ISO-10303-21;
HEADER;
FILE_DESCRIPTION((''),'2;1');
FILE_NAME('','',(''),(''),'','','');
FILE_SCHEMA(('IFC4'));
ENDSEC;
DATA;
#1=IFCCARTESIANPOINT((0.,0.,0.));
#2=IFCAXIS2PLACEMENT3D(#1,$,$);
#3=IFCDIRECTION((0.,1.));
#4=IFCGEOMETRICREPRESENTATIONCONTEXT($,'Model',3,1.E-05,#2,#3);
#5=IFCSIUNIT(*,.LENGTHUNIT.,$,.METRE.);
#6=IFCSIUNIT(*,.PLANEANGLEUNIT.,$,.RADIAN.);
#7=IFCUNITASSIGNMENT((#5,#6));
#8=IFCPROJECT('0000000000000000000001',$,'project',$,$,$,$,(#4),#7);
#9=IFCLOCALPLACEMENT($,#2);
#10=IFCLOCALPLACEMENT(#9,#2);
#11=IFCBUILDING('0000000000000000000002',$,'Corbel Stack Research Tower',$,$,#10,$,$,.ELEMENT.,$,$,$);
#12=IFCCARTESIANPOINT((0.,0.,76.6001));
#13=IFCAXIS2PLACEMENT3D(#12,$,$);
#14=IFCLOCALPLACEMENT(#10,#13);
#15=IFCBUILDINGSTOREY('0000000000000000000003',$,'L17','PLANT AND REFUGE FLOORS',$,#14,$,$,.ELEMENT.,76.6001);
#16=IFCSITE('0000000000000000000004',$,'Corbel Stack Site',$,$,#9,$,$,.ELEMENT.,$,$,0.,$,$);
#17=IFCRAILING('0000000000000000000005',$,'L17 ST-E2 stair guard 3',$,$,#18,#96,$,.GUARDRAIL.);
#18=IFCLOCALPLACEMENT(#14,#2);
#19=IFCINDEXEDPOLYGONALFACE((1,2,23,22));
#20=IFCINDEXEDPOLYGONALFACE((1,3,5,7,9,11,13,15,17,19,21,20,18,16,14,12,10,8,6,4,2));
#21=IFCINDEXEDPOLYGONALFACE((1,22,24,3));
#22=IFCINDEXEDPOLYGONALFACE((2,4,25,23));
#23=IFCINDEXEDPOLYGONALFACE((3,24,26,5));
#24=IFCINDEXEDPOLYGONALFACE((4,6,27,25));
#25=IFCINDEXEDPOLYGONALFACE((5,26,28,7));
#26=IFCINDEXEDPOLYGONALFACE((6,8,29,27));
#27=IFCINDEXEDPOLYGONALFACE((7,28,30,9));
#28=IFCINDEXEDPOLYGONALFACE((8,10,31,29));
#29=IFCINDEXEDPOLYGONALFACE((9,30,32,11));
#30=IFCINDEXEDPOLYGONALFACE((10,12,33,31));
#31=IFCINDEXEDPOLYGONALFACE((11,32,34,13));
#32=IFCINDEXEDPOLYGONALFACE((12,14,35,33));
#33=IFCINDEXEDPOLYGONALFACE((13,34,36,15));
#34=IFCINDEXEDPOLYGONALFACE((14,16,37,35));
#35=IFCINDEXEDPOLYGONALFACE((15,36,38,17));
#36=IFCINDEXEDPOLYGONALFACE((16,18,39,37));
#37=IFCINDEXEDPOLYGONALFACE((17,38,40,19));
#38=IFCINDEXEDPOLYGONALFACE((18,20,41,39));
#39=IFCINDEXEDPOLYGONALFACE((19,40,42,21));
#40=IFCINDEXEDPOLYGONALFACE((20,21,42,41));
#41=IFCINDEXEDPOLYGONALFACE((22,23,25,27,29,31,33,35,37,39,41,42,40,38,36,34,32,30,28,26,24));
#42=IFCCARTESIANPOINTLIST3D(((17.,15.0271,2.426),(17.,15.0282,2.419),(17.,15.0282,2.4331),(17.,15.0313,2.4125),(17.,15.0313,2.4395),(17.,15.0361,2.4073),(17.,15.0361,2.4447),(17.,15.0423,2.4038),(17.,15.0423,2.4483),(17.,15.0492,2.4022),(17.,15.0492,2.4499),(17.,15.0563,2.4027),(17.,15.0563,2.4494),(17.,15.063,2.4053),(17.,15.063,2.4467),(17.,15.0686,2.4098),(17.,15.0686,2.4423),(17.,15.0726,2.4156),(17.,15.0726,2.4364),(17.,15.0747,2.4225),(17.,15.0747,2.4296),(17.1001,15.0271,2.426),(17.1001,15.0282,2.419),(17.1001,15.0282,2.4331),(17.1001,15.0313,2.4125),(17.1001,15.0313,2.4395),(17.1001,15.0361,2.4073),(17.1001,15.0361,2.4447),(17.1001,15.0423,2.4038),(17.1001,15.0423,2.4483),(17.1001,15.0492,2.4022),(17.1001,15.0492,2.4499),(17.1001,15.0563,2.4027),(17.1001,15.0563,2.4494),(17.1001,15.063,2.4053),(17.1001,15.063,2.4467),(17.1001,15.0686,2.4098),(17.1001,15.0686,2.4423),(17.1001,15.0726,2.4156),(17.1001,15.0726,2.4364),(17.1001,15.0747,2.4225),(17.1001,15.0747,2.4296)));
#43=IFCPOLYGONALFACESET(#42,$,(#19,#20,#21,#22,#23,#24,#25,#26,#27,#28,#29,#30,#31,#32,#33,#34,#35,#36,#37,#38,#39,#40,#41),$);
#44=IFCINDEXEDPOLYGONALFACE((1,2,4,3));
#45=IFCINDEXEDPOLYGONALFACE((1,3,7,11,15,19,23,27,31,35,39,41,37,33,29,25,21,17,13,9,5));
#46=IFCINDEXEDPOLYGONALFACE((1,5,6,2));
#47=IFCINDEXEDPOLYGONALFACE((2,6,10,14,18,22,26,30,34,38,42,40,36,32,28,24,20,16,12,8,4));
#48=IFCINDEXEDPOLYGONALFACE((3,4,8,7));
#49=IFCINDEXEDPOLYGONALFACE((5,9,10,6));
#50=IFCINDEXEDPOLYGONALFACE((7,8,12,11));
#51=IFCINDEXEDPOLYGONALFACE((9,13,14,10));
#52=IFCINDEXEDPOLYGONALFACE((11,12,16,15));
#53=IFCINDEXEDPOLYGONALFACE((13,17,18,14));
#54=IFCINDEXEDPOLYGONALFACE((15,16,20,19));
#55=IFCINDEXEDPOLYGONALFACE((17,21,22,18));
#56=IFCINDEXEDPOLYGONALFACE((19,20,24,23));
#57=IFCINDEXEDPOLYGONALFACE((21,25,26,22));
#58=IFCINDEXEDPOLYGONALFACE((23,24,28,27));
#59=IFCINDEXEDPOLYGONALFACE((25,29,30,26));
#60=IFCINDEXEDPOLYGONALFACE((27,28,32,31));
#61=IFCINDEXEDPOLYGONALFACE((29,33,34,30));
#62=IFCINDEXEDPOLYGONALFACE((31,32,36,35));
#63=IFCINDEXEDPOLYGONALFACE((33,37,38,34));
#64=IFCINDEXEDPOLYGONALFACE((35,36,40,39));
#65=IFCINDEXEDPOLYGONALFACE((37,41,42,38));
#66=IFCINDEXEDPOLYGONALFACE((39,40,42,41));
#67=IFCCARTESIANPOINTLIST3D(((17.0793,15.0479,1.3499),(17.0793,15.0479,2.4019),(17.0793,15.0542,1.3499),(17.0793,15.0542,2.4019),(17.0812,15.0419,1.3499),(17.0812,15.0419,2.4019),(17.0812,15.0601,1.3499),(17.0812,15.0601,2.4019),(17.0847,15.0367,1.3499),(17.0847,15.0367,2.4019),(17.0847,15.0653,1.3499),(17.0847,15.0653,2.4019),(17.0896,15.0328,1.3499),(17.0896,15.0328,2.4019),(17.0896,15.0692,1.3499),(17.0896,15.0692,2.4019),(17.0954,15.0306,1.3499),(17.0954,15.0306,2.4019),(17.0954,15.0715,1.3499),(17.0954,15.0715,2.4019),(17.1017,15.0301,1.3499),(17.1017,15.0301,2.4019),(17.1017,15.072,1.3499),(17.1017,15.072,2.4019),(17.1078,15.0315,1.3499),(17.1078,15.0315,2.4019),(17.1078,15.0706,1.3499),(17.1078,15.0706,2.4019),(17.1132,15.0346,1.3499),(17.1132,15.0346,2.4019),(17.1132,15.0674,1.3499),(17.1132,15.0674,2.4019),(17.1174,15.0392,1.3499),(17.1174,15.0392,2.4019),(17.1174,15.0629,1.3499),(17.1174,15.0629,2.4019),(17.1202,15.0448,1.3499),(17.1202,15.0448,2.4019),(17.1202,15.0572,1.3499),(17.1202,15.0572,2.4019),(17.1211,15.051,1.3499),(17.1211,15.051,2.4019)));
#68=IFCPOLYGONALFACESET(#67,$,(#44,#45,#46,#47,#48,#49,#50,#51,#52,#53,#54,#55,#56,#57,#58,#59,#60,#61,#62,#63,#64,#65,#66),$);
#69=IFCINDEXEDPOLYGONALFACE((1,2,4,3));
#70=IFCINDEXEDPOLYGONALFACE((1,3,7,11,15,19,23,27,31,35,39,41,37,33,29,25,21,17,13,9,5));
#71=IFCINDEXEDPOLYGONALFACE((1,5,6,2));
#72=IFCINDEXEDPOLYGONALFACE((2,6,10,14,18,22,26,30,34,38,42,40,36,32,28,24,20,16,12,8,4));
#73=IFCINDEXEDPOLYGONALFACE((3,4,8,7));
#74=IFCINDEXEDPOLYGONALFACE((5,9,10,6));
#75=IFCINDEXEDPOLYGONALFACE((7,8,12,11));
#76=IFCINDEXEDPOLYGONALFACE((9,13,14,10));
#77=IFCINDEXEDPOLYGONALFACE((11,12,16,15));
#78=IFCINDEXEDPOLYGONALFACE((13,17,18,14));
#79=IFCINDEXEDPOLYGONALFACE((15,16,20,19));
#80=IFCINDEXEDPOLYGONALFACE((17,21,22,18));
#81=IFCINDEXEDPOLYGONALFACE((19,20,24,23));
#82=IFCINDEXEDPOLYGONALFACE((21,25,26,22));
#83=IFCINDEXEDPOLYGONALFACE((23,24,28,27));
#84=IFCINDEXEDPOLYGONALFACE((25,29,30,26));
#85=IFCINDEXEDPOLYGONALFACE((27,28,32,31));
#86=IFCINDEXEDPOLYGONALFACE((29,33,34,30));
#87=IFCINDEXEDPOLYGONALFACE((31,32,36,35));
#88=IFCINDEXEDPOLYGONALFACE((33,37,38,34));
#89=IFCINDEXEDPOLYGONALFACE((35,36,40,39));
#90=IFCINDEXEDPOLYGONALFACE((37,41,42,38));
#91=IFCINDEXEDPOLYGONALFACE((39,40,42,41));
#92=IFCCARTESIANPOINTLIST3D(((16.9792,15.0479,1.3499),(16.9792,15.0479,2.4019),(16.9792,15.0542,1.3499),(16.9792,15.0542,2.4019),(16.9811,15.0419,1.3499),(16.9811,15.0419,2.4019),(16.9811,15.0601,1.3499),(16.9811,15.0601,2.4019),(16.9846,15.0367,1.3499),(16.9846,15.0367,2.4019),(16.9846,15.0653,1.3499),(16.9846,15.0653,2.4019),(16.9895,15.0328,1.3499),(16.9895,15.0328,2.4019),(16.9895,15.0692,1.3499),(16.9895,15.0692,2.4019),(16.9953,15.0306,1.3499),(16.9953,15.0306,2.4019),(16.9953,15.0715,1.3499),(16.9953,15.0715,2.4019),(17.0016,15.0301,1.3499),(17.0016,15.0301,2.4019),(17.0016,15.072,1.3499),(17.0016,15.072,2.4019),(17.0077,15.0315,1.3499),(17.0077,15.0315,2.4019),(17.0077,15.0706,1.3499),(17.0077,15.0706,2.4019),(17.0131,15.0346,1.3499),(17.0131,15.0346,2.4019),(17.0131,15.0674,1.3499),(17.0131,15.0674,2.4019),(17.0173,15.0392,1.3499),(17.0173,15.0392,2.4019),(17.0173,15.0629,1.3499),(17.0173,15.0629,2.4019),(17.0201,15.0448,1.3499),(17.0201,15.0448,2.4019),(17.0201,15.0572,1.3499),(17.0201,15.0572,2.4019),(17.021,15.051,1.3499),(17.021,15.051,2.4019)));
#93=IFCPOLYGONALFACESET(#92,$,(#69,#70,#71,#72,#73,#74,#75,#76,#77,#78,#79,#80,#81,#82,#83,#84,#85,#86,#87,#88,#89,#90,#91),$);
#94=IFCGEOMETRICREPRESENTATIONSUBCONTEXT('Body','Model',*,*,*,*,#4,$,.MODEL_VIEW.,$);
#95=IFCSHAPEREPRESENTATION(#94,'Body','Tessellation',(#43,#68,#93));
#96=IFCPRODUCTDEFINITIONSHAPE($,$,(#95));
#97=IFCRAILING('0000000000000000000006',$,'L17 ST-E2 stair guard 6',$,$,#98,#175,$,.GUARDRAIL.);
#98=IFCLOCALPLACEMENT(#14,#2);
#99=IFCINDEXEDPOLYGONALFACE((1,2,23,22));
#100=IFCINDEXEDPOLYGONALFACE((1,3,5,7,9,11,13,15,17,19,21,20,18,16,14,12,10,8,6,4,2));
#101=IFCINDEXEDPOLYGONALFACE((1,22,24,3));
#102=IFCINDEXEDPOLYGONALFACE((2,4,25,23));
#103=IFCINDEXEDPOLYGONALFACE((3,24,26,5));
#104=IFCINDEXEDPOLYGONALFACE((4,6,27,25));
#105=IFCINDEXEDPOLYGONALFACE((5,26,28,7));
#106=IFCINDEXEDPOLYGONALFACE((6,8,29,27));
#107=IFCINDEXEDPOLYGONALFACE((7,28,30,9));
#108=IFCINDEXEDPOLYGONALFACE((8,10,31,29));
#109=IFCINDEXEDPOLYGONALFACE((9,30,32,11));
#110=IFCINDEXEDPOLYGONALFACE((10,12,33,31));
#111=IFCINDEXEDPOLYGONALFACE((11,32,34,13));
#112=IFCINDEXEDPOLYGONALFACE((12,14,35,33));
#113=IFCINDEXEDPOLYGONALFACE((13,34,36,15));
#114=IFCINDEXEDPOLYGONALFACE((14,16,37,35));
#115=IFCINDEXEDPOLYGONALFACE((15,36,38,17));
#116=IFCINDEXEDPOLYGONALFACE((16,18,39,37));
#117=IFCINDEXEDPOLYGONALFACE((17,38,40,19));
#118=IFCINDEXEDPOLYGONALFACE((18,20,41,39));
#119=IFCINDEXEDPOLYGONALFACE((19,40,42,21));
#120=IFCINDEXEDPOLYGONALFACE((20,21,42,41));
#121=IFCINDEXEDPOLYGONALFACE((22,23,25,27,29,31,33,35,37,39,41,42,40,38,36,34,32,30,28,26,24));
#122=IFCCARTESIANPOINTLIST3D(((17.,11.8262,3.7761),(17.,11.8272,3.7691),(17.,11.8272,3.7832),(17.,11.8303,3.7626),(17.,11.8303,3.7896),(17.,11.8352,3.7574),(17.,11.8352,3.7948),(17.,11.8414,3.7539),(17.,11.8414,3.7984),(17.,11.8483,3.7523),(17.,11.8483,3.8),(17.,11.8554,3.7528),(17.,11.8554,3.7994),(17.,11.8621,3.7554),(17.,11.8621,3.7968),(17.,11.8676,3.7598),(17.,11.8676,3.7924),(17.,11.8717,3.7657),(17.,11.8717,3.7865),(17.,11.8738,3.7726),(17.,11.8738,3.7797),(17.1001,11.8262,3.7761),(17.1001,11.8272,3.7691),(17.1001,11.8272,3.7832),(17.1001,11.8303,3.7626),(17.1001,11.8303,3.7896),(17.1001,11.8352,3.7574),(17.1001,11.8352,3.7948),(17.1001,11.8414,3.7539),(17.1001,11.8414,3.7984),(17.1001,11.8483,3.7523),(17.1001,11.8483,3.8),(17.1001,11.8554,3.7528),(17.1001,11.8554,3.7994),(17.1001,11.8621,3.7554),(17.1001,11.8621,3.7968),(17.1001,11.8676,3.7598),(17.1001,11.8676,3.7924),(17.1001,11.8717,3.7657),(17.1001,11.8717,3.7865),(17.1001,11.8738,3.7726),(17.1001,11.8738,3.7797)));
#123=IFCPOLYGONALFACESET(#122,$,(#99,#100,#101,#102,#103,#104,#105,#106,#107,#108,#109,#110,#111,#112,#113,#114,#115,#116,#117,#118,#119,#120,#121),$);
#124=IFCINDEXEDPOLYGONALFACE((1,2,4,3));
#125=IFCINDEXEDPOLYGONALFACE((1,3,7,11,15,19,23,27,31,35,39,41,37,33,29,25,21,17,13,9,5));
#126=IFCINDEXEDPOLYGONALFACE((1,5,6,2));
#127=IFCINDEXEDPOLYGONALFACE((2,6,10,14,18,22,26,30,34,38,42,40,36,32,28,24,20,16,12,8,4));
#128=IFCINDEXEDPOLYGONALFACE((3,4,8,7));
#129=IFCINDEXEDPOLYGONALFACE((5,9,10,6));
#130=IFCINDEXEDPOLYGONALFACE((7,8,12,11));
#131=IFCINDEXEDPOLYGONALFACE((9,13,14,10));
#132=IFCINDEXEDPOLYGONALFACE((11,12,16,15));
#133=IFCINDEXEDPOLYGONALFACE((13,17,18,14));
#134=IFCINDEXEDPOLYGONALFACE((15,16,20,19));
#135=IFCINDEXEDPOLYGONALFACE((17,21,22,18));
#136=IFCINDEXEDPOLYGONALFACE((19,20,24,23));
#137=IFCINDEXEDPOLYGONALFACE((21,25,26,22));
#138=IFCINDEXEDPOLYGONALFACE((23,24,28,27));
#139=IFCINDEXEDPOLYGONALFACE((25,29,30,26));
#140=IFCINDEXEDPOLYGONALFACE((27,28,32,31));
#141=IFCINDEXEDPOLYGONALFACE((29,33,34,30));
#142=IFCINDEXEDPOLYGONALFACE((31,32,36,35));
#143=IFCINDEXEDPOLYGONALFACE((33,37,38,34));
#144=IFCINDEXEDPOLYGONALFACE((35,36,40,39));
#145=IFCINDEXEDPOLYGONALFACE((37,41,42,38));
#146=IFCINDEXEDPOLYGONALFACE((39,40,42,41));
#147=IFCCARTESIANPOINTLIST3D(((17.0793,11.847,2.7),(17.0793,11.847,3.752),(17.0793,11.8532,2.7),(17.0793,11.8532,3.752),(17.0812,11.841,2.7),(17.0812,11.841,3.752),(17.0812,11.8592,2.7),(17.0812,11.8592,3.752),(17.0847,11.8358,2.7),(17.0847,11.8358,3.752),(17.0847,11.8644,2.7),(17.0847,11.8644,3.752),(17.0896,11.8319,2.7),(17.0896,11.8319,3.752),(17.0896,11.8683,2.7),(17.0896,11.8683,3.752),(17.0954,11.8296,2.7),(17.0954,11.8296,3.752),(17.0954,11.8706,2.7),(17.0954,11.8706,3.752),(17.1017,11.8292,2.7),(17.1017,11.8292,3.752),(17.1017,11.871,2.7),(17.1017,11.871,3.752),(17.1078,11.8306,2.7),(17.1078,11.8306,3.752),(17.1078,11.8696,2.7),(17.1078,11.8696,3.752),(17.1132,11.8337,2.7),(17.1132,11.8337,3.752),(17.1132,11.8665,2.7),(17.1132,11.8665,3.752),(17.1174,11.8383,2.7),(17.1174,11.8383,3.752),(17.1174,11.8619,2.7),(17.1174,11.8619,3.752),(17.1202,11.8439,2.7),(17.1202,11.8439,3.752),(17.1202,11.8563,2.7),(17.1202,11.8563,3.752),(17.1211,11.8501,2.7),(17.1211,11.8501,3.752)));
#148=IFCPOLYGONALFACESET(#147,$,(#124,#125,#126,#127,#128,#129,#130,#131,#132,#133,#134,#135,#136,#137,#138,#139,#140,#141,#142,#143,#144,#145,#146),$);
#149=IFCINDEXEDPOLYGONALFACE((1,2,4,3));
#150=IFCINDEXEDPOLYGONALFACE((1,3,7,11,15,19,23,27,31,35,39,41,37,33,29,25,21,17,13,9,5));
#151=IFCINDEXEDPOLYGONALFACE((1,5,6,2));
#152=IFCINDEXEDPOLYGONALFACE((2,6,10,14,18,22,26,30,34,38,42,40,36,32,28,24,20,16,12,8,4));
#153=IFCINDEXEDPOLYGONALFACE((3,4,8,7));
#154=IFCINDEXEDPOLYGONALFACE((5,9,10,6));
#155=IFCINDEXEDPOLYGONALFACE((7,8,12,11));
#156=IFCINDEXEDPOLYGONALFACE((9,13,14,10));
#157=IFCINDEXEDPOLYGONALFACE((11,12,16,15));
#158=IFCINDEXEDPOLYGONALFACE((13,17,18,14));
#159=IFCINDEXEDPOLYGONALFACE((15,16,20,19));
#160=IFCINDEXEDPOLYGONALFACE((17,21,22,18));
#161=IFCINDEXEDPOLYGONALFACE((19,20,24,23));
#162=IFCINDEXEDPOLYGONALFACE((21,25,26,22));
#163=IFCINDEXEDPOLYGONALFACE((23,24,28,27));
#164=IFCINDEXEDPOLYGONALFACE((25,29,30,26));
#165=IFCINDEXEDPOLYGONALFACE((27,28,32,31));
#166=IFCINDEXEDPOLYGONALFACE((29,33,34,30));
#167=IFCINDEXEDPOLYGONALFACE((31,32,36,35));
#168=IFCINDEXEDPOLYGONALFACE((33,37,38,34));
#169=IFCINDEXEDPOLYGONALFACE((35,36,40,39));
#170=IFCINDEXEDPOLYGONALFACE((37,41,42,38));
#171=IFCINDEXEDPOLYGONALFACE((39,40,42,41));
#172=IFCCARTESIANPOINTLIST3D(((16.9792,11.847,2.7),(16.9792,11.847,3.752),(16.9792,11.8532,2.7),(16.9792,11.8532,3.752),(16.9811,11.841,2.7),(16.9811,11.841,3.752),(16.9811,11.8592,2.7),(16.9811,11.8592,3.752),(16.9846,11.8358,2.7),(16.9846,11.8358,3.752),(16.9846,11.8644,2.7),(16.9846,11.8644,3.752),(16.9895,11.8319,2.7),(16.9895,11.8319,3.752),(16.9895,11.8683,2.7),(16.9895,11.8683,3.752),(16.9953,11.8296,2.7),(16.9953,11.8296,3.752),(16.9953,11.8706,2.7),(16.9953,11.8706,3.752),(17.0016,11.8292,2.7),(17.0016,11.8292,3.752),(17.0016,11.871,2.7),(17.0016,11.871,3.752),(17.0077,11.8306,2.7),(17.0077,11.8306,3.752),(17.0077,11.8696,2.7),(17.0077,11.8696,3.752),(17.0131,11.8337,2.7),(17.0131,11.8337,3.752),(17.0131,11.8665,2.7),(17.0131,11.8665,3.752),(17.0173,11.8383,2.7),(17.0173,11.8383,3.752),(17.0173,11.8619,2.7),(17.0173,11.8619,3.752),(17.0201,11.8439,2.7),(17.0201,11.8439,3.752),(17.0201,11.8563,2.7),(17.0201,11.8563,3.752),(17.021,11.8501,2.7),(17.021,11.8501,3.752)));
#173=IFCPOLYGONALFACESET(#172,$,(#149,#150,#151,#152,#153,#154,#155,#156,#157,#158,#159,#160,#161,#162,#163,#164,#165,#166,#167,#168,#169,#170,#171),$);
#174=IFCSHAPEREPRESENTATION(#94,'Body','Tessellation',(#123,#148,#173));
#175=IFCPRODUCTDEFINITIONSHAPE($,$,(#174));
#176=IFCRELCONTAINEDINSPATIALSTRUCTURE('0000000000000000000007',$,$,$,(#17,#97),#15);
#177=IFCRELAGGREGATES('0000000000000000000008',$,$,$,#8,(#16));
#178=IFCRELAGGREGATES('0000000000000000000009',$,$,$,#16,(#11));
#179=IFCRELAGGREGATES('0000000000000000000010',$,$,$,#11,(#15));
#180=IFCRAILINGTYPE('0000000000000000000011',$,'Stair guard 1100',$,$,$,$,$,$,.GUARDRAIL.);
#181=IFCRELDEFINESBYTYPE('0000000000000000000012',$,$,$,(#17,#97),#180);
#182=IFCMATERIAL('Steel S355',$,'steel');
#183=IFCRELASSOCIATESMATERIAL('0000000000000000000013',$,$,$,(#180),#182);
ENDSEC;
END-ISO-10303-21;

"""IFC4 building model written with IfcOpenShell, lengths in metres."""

from ifc_helpers import new_model, si_unit, direction, frame, origin, origin_2d, place, context, subcontext, project, spatial, circle, extrude, material, type_object, element, save


model = new_model("IFC4")

# Units and contexts
model_context = context("Model", 3, precision=1e-05, world=origin(), true_north=direction((0.0, 1.0)))
body_context = subcontext(model_context, "Body", "Model", "MODEL_VIEW")
ifc_project = project(units=[si_unit("LENGTHUNIT", "METRE"), si_unit("PLANEANGLEUNIT", "RADIAN")], contexts=[model_context])

# Site, building, storey
site_placement = place(None, origin())
site = spatial("IfcSite", under=ifc_project, at=site_placement, Name="Corbel Stack Site", CompositionType="ELEMENT", RefElevation=0.0)
building_placement = place(site_placement, origin())
building = spatial("IfcBuilding", under=site, at=building_placement, Name="Corbel Stack Research Tower", CompositionType="ELEMENT")
storey_placement = place(building_placement, frame((0.0, 0.0, 76.6001)))
storey = spatial("IfcBuildingStorey", under=building, at=storey_placement, Name="L17", Description="PLANT AND REFUGE FLOORS", CompositionType="ELEMENT", Elevation=76.6001)

# Railings
ifc_material_1 = material(Name="Steel S355", Category="steel")
railing_type_1 = type_object("IfcRailingType", Name="Stair guard 1100", PredefinedType="GUARDRAIL", material=ifc_material_1)
for number, where, name in (
    (1, (17.1001, 15.051, 1.3499), "L17 ST-E2 stair guard 3"),
    (2, (17.1001, 11.8501, 2.7), "L17 ST-E2 stair guard 6"),
):
    element("IfcRailing", number, at=place(storey_placement, frame(where)), inside=storey, type_object=railing_type_1, Name=name, PredefinedType="GUARDRAIL", context=body_context, shape_type="SweptSolid", body=[
        extrude(circle(Radius=0.0239, at=origin_2d()), frame((0.0, 0.0, 1.0762), z_axis=(-1.0, 0.0, 0.0), x_axis=(0.0, -1.0, 0.0)), (0.0, 0.0, 1.0), 0.1001),
        extrude(circle(Radius=0.021, at=origin_2d()), origin(), (0.0, 0.0, 1.0), 1.052),
        extrude(circle(Radius=0.021, at=origin_2d()), frame((-0.1001, 0.0, 0.0)), (0.0, 0.0, 1.0), 1.052),
    ])

save(model, "model.ifc")
